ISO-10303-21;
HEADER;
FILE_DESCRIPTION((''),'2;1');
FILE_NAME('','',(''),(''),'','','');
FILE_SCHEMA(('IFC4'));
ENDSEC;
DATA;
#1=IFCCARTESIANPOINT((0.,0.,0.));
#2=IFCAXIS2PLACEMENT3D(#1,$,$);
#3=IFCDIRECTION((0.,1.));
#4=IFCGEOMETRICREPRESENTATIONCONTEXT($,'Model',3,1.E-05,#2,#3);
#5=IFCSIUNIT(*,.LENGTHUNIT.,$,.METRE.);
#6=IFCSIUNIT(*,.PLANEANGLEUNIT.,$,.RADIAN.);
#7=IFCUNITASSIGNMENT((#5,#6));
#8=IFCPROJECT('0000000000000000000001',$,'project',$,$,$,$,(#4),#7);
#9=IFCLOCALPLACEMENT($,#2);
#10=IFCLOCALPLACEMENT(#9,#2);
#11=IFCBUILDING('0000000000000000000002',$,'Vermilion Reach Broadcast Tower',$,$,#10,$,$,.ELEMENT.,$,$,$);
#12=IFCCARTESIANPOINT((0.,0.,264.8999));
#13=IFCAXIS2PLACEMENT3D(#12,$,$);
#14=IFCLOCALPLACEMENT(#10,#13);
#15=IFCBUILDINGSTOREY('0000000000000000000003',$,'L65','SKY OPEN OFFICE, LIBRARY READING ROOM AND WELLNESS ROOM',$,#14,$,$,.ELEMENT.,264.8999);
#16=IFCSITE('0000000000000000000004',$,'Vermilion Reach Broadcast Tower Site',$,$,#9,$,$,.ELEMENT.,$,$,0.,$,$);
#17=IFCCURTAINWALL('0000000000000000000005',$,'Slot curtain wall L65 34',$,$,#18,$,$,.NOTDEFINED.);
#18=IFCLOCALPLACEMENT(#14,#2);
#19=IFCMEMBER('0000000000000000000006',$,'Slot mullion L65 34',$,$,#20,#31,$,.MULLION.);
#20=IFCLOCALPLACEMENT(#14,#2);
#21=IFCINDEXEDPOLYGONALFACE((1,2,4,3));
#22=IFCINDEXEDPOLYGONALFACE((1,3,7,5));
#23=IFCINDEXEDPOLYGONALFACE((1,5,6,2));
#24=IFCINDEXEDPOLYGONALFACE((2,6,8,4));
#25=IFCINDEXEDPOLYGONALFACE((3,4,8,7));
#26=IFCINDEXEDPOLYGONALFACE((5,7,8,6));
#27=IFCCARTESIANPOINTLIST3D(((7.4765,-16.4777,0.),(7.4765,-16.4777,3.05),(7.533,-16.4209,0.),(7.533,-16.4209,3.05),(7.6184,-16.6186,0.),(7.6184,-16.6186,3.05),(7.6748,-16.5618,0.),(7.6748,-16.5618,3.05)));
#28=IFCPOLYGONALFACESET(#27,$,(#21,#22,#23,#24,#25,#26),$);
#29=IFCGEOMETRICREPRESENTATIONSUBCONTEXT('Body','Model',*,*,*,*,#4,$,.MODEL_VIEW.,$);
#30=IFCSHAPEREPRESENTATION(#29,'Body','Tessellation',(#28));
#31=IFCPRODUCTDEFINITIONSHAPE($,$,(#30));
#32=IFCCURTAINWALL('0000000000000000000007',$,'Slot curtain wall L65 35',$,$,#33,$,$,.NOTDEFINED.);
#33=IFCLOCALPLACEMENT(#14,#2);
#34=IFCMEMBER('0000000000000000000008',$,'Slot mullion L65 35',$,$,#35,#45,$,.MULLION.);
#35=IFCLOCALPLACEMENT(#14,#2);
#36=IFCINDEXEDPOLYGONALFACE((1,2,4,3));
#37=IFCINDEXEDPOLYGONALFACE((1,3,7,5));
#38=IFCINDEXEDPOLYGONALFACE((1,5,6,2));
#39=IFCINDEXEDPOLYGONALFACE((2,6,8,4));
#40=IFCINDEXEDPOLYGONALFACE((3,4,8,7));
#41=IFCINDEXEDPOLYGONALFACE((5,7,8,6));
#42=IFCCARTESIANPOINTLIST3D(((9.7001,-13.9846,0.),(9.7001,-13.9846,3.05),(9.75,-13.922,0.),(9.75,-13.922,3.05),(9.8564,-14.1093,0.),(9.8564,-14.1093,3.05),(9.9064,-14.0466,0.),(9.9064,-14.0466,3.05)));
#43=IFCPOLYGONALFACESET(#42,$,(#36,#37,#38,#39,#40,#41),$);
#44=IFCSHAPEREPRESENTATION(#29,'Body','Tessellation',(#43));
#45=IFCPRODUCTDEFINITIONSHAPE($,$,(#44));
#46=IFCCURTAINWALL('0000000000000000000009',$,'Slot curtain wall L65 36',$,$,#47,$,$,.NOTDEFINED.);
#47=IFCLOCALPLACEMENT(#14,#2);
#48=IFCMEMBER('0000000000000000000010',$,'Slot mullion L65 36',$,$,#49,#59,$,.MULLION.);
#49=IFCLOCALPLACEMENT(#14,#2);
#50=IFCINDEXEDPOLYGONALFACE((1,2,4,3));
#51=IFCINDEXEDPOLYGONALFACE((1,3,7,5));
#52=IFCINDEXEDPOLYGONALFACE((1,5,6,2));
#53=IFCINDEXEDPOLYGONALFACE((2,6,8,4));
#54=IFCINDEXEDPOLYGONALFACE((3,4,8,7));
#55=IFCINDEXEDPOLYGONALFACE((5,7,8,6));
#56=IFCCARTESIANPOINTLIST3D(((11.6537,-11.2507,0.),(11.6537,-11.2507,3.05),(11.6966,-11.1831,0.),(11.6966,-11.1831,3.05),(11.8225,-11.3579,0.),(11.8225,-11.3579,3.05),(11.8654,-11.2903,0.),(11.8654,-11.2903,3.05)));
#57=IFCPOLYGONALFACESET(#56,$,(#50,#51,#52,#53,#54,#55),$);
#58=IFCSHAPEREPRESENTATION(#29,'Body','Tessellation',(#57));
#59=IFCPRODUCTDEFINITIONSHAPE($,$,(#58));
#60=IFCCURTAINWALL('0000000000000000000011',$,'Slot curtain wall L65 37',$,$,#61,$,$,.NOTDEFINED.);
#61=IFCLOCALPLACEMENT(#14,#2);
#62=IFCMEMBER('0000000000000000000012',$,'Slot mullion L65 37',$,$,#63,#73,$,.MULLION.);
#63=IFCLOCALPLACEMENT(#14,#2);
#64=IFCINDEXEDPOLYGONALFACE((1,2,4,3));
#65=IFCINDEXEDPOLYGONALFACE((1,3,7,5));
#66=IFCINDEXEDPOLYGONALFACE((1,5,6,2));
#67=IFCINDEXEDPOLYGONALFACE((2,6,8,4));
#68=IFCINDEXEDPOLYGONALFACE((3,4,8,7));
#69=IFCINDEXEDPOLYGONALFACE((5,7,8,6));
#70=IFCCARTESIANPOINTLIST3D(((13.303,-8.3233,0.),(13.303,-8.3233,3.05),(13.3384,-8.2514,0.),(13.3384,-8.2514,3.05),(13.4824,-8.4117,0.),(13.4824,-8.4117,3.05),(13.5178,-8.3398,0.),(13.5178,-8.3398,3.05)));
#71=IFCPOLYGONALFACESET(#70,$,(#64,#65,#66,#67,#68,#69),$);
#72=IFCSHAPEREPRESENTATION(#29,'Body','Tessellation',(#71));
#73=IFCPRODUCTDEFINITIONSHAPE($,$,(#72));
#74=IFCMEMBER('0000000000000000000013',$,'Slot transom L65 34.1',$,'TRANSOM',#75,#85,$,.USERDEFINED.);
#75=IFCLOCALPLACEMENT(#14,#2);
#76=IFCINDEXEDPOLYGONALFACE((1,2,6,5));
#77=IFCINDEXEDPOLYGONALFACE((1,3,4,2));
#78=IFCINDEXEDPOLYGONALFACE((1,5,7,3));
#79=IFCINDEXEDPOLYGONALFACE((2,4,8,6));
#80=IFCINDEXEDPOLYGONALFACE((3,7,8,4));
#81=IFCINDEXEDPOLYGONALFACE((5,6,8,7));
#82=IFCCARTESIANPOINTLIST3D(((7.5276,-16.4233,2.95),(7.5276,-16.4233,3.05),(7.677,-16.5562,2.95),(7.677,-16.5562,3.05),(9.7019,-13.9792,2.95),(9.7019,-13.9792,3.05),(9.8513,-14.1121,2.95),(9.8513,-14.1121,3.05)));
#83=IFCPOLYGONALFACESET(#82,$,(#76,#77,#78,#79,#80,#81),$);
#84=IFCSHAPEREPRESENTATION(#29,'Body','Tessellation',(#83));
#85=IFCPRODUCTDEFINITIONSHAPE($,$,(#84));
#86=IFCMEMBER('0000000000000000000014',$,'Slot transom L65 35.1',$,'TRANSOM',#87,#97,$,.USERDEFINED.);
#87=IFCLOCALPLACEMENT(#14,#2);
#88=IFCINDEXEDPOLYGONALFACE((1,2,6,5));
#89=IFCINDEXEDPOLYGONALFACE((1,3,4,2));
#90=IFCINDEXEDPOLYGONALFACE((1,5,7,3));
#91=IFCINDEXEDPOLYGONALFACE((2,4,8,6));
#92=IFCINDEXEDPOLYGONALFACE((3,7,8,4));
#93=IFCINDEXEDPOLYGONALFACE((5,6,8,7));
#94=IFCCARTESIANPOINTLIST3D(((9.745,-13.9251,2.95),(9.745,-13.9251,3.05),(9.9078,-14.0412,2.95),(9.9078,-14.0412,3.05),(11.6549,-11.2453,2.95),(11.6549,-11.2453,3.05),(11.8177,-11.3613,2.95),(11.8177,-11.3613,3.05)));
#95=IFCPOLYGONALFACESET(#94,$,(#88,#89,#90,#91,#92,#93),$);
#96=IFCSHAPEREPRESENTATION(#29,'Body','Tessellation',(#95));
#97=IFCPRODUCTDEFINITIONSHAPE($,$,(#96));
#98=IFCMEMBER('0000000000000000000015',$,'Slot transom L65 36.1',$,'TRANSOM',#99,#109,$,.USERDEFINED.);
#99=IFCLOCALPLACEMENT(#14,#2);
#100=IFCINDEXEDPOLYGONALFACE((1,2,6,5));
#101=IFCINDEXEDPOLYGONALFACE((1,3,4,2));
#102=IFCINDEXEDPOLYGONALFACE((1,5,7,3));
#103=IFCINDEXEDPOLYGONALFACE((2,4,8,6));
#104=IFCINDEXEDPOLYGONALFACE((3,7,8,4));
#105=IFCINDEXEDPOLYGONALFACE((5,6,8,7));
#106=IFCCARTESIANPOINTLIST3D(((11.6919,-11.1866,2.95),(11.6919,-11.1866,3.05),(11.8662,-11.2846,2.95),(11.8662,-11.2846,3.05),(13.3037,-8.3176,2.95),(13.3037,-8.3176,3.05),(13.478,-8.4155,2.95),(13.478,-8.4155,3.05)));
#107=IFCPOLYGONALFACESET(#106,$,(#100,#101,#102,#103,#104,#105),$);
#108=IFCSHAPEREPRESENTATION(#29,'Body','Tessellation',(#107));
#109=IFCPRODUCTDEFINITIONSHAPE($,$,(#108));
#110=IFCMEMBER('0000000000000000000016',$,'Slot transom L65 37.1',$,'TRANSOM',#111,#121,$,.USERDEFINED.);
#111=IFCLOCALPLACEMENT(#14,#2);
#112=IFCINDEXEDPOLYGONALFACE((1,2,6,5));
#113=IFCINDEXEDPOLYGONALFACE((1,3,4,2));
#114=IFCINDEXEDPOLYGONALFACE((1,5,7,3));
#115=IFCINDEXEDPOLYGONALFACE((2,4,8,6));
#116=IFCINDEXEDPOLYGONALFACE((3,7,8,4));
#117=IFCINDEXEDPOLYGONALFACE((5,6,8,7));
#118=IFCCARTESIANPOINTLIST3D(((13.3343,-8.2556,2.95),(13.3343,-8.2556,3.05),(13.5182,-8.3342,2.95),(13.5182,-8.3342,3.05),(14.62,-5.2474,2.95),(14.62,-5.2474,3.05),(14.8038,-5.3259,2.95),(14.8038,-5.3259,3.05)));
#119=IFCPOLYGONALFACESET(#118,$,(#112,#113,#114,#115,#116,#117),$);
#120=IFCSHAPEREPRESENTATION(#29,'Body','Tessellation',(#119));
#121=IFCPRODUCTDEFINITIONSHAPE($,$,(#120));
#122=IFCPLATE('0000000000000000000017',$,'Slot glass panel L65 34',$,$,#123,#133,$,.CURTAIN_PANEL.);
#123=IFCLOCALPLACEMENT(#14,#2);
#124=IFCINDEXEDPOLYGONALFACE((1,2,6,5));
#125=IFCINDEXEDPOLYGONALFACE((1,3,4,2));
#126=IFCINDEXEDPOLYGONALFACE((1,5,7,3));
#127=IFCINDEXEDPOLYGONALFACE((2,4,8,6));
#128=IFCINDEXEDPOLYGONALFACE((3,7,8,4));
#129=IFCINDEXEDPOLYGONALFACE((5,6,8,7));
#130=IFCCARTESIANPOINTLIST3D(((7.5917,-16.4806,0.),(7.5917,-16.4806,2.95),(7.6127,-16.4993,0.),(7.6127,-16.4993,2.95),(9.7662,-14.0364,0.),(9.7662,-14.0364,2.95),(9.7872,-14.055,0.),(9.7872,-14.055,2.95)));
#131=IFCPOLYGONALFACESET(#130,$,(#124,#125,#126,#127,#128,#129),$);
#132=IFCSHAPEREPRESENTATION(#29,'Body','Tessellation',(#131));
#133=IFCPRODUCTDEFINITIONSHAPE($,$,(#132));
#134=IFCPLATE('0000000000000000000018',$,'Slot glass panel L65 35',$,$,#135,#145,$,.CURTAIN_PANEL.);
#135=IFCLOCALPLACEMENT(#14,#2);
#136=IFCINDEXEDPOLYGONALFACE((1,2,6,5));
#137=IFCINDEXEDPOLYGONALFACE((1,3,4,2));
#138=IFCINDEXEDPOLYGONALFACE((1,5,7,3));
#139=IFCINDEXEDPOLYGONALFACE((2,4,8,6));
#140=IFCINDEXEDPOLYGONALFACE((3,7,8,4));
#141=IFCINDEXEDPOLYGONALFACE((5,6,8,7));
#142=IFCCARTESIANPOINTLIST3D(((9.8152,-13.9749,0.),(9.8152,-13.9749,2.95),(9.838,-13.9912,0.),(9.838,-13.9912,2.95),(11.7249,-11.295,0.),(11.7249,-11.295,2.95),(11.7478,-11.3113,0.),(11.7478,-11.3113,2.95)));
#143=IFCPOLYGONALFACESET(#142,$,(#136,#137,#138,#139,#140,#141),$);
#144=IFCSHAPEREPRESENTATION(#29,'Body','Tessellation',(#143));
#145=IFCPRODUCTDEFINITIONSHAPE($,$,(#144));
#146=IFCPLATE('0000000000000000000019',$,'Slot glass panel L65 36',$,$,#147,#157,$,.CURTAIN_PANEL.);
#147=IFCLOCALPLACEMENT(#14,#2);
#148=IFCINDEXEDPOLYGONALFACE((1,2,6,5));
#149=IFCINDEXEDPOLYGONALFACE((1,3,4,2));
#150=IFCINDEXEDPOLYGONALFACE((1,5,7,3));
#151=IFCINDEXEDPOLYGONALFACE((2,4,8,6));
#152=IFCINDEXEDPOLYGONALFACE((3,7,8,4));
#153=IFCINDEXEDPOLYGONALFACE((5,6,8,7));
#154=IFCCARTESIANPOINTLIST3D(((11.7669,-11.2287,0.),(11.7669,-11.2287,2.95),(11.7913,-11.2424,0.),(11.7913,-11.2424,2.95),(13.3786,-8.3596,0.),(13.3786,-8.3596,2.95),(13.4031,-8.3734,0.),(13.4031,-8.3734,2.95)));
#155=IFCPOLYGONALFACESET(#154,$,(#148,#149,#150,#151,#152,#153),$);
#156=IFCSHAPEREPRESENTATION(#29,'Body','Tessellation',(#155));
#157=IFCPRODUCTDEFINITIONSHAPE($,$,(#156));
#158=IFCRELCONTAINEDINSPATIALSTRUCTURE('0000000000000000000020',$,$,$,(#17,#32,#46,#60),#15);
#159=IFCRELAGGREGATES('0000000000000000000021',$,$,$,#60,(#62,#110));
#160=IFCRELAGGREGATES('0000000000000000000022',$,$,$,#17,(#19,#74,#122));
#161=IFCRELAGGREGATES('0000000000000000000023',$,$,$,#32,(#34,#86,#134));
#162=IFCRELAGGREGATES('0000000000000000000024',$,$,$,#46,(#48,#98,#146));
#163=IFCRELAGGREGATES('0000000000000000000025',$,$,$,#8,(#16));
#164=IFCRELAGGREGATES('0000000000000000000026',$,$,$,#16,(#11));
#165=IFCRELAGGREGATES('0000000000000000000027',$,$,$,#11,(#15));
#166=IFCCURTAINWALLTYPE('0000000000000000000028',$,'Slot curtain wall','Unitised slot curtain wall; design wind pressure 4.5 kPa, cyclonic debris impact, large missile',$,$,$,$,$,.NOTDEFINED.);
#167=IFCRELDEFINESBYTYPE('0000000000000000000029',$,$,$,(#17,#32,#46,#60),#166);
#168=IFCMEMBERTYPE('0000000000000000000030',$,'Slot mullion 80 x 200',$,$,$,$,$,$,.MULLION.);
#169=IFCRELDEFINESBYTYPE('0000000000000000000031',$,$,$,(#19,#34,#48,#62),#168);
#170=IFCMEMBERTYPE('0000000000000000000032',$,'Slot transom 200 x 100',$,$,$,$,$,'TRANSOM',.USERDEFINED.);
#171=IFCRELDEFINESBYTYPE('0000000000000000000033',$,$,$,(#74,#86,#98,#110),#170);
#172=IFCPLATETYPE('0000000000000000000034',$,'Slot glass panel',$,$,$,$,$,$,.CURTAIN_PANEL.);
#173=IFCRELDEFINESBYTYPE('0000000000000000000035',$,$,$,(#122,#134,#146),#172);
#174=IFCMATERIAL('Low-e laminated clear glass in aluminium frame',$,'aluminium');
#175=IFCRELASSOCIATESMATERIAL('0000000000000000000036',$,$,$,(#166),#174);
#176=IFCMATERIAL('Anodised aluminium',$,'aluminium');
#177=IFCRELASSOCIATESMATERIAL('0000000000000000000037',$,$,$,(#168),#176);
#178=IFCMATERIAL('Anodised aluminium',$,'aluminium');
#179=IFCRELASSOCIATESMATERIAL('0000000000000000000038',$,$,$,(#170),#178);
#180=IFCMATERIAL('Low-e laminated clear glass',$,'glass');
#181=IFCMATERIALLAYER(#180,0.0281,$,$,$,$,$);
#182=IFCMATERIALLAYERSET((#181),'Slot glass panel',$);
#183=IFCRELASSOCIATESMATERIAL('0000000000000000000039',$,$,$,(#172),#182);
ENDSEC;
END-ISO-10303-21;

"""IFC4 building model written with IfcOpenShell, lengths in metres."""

from ifc_helpers import new_model, si_unit, direction, frame, origin, origin_2d, place, context, subcontext, project, spatial, rectangle, extrude, material, layer, layer_set, material_profile, profile_set, type_object, element, aggregate, save


model = new_model("IFC4")

# Units and contexts
model_context = context("Model", 3, precision=1e-05, world=origin(), true_north=direction((0.0, 1.0)))
body_context = subcontext(model_context, "Body", "Model", "MODEL_VIEW")
ifc_project = project(units=[si_unit("LENGTHUNIT", "METRE"), si_unit("PLANEANGLEUNIT", "RADIAN")], contexts=[model_context])

# Site, building, storey
site_placement = place(None, origin())
site = spatial("IfcSite", under=ifc_project, at=site_placement, Name="Vermilion Reach Broadcast Tower Site", CompositionType="ELEMENT", RefElevation=0.0)
building_placement = place(site_placement, origin())
building = spatial("IfcBuilding", under=site, at=building_placement, Name="Vermilion Reach Broadcast Tower", CompositionType="ELEMENT")
storey_placement = place(building_placement, frame((0.0, 0.0, 264.8999)))
storey = spatial("IfcBuildingStorey", under=building, at=storey_placement, Name="L65", Description="SKY OPEN OFFICE, LIBRARY READING ROOM AND WELLNESS ROOM", CompositionType="ELEMENT", Elevation=264.8999)

# Curtain walls, members
ifc_material_1 = material(Name="Low-e laminated clear glass in aluminium frame", Category="aluminium")
curtain_wall_type = type_object("IfcCurtainWallType", Name="Slot curtain wall", Description="Unitised slot curtain wall; design wind pressure 4.5 kPa, cyclonic debris impact, large missile", PredefinedType="NOTDEFINED", material=ifc_material_1)
placement = place(storey_placement, origin())
curtain_wall_1 = element("IfcCurtainWall", 1, at=placement, inside=storey, type_object=curtain_wall_type, Name="Slot curtain wall L65 34", PredefinedType="NOTDEFINED")
ifc_material_2 = material(Name="Anodised aluminium", Category="aluminium")
ifc_material_profile_1 = material_profile(ifc_material_2, rectangle(XDim=0.2, YDim=0.0801, at=origin_2d()), Name="Slot mullion 80 x 200")
ifc_profile_set_1 = profile_set([ifc_material_profile_1], Name="Anodised aluminium")
member_type_1 = type_object("IfcMemberType", Name="Slot mullion 80 x 200", PredefinedType="MULLION", material=ifc_profile_set_1)
member_1_placement = place(storey_placement, frame((7.5757, -16.5198, 0.0), z_axis=(0.0, 0.0, 1.0), x_axis=(-0.709559, 0.704646, 0.0)))
member_1 = element("IfcMember", 2, at=member_1_placement, type_object=member_type_1, Name="Slot mullion L65 34", PredefinedType="MULLION", context=body_context, shape_type="SweptSolid", body=[
    extrude(rectangle(XDim=0.2, YDim=0.0801, at=origin_2d()), origin(), (0.0, 0.0, 1.0), 3.05),
])
curtain_wall_2 = element("IfcCurtainWall", 3, at=placement, inside=storey, type_object=curtain_wall_type, Name="Slot curtain wall L65 35", PredefinedType="NOTDEFINED")
member_2_placement = place(storey_placement, frame((9.8032, -14.0156, 0.0), z_axis=(0.0, 0.0, 1.0), x_axis=(-0.781891, 0.623415, 0.0)))
member_2 = element("IfcMember", 4, at=member_2_placement, type_object=member_type_1, Name="Slot mullion L65 35", PredefinedType="MULLION", context=body_context, shape_type="SweptSolid", body=[
    extrude(rectangle(XDim=0.2, YDim=0.0801, at=origin_2d()), origin(), (0.0, 0.0, 1.0), 3.05),
])
curtain_wall_3 = element("IfcCurtainWall", 5, at=placement, inside=storey, type_object=curtain_wall_type, Name="Slot curtain wall L65 36", PredefinedType="NOTDEFINED")
member_3_placement = place(storey_placement, frame((11.7595, -11.2705, 0.0), z_axis=(0.0, 0.0, 1.0), x_axis=(-0.844328, 0.535827, 0.0)))
member_3 = element("IfcMember", 6, at=member_3_placement, type_object=member_type_1, Name="Slot mullion L65 36", PredefinedType="MULLION", context=body_context, shape_type="SweptSolid", body=[
    extrude(rectangle(XDim=0.2, YDim=0.0801, at=origin_2d()), origin(), (0.0, 0.0, 1.0), 3.05),
])
curtain_wall_4 = element("IfcCurtainWall", 7, at=placement, inside=storey, type_object=curtain_wall_type, Name="Slot curtain wall L65 37", PredefinedType="NOTDEFINED")
member_4_placement = place(storey_placement, frame((13.4104, -8.3315, 0.0), z_axis=(0.0, 0.0, 1.0), x_axis=(-0.896996, 0.442039, 0.0)))
member_4 = element("IfcMember", 8, at=member_4_placement, type_object=member_type_1, Name="Slot mullion L65 37", PredefinedType="MULLION", context=body_context, shape_type="SweptSolid", body=[
    extrude(rectangle(XDim=0.2, YDim=0.0801, at=origin_2d()), origin(), (0.0, 0.0, 1.0), 3.05),
])

# Members
ifc_material_3 = material(Name="Anodised aluminium", Category="aluminium")
ifc_material_profile_2 = material_profile(ifc_material_3, rectangle(XDim=0.2, YDim=0.1001, at=origin_2d()), Name="Slot transom 200 x 100")
ifc_profile_set_2 = profile_set([ifc_material_profile_2], Name="Anodised aluminium")
member_type_2 = type_object("IfcMemberType", Name="Slot transom 200 x 100", ElementType="TRANSOM", PredefinedType="USERDEFINED", material=ifc_profile_set_2)
member_5_placement = place(storey_placement, frame((7.6023, -16.4897, 3.0), z_axis=(0.66467, 0.747137, 0.0), x_axis=(-0.747137, 0.66467, 0.0)))
member_5 = element("IfcMember", 9, at=member_5_placement, type_object=member_type_2, Name="Slot transom L65 34.1", ObjectType="TRANSOM", PredefinedType="USERDEFINED", context=body_context, shape_type="SweptSolid", body=[
    extrude(rectangle(XDim=0.2, YDim=0.1001, at=origin_2d()), origin(), (0.0, 0.0, 1.0), 3.2712),
])
member_6_placement = place(storey_placement, frame((9.8264, -13.9832, 3.0), z_axis=(0.580368, 0.814355, 0.0), x_axis=(-0.814355, 0.580368, 0.0)))
member_6 = element("IfcMember", 10, at=member_6_placement, type_object=member_type_2, Name="Slot transom L65 35.1", ObjectType="TRANSOM", PredefinedType="USERDEFINED", context=body_context, shape_type="SweptSolid", body=[
    extrude(rectangle(XDim=0.2, YDim=0.1001, at=origin_2d()), origin(), (0.0, 0.0, 1.0), 3.2908),
])
member_7_placement = place(storey_placement, frame((11.7791, -11.2356, 3.0), z_axis=(0.489782, 0.871845, 0.0), x_axis=(-0.871845, 0.489782, 0.0)))
member_7 = element("IfcMember", 11, at=member_7_placement, type_object=member_type_2, Name="Slot transom L65 36.1", ObjectType="TRANSOM", PredefinedType="USERDEFINED", context=body_context, shape_type="SweptSolid", body=[
    extrude(rectangle(XDim=0.2, YDim=0.1001, at=origin_2d()), origin(), (0.0, 0.0, 1.0), 3.2908),
])
member_8_placement = place(storey_placement, frame((13.4263, -8.2949, 3.0), z_axis=(0.392982, 0.919546, 0.0), x_axis=(-0.919546, 0.392982, 0.0)))
member_8 = element("IfcMember", 12, at=member_8_placement, type_object=member_type_2, Name="Slot transom L65 37.1", ObjectType="TRANSOM", PredefinedType="USERDEFINED", context=body_context, shape_type="SweptSolid", body=[
    extrude(rectangle(XDim=0.2, YDim=0.1001, at=origin_2d()), origin(), (0.0, 0.0, 1.0), 3.2715),
])
aggregate(curtain_wall_4, [member_4, member_8])

# Plates
ifc_material_4 = material(Name="Low-e laminated clear glass", Category="glass")
ifc_layer_1 = layer(ifc_material_4, 0.0281)
ifc_layer_set_1 = layer_set([ifc_layer_1], Name="Slot glass panel")
plate_type = type_object("IfcPlateType", Name="Slot glass panel", PredefinedType="CURTAIN_PANEL", material=ifc_layer_set_1)
plate_1_placement = place(storey_placement, frame((8.6895, -15.2678, 0.0), z_axis=(0.0, 0.0, 1.0), x_axis=(0.664677, 0.747131, 0.0)))
plate_1 = element("IfcPlate", 13, at=plate_1_placement, type_object=plate_type, Name="Slot glass panel L65 34", PredefinedType="CURTAIN_PANEL", context=body_context, shape_type="SweptSolid", body=[
    extrude(rectangle(XDim=3.2715, YDim=0.0281, at=origin_2d()), origin(), (0.0, 0.0, 1.0), 2.95),
])
aggregate(curtain_wall_1, [member_1, member_5, plate_1])
plate_2_placement = place(storey_placement, frame((10.7815, -12.6431, 0.0), z_axis=(0.0, 0.0, 1.0), x_axis=(0.580338, 0.814376, 0.0)))
plate_2 = element("IfcPlate", 14, at=plate_2_placement, type_object=plate_type, Name="Slot glass panel L65 35", PredefinedType="CURTAIN_PANEL", context=body_context, shape_type="SweptSolid", body=[
    extrude(rectangle(XDim=3.2908, YDim=0.0281, at=origin_2d()), origin(), (0.0, 0.0, 1.0), 2.95),
])
aggregate(curtain_wall_2, [member_2, member_6, plate_2])
plate_3_placement = place(storey_placement, frame((12.585, -9.801, 0.0), z_axis=(0.0, 0.0, 1.0), x_axis=(0.489773, 0.87185, 0.0)))
plate_3 = element("IfcPlate", 15, at=plate_3_placement, type_object=plate_type, Name="Slot glass panel L65 36", PredefinedType="CURTAIN_PANEL", context=body_context, shape_type="SweptSolid", body=[
    extrude(rectangle(XDim=3.2908, YDim=0.0281, at=origin_2d()), origin(), (0.0, 0.0, 1.0), 2.95),
])
aggregate(curtain_wall_3, [member_3, member_7, plate_3])

save(model, "model.ifc")
